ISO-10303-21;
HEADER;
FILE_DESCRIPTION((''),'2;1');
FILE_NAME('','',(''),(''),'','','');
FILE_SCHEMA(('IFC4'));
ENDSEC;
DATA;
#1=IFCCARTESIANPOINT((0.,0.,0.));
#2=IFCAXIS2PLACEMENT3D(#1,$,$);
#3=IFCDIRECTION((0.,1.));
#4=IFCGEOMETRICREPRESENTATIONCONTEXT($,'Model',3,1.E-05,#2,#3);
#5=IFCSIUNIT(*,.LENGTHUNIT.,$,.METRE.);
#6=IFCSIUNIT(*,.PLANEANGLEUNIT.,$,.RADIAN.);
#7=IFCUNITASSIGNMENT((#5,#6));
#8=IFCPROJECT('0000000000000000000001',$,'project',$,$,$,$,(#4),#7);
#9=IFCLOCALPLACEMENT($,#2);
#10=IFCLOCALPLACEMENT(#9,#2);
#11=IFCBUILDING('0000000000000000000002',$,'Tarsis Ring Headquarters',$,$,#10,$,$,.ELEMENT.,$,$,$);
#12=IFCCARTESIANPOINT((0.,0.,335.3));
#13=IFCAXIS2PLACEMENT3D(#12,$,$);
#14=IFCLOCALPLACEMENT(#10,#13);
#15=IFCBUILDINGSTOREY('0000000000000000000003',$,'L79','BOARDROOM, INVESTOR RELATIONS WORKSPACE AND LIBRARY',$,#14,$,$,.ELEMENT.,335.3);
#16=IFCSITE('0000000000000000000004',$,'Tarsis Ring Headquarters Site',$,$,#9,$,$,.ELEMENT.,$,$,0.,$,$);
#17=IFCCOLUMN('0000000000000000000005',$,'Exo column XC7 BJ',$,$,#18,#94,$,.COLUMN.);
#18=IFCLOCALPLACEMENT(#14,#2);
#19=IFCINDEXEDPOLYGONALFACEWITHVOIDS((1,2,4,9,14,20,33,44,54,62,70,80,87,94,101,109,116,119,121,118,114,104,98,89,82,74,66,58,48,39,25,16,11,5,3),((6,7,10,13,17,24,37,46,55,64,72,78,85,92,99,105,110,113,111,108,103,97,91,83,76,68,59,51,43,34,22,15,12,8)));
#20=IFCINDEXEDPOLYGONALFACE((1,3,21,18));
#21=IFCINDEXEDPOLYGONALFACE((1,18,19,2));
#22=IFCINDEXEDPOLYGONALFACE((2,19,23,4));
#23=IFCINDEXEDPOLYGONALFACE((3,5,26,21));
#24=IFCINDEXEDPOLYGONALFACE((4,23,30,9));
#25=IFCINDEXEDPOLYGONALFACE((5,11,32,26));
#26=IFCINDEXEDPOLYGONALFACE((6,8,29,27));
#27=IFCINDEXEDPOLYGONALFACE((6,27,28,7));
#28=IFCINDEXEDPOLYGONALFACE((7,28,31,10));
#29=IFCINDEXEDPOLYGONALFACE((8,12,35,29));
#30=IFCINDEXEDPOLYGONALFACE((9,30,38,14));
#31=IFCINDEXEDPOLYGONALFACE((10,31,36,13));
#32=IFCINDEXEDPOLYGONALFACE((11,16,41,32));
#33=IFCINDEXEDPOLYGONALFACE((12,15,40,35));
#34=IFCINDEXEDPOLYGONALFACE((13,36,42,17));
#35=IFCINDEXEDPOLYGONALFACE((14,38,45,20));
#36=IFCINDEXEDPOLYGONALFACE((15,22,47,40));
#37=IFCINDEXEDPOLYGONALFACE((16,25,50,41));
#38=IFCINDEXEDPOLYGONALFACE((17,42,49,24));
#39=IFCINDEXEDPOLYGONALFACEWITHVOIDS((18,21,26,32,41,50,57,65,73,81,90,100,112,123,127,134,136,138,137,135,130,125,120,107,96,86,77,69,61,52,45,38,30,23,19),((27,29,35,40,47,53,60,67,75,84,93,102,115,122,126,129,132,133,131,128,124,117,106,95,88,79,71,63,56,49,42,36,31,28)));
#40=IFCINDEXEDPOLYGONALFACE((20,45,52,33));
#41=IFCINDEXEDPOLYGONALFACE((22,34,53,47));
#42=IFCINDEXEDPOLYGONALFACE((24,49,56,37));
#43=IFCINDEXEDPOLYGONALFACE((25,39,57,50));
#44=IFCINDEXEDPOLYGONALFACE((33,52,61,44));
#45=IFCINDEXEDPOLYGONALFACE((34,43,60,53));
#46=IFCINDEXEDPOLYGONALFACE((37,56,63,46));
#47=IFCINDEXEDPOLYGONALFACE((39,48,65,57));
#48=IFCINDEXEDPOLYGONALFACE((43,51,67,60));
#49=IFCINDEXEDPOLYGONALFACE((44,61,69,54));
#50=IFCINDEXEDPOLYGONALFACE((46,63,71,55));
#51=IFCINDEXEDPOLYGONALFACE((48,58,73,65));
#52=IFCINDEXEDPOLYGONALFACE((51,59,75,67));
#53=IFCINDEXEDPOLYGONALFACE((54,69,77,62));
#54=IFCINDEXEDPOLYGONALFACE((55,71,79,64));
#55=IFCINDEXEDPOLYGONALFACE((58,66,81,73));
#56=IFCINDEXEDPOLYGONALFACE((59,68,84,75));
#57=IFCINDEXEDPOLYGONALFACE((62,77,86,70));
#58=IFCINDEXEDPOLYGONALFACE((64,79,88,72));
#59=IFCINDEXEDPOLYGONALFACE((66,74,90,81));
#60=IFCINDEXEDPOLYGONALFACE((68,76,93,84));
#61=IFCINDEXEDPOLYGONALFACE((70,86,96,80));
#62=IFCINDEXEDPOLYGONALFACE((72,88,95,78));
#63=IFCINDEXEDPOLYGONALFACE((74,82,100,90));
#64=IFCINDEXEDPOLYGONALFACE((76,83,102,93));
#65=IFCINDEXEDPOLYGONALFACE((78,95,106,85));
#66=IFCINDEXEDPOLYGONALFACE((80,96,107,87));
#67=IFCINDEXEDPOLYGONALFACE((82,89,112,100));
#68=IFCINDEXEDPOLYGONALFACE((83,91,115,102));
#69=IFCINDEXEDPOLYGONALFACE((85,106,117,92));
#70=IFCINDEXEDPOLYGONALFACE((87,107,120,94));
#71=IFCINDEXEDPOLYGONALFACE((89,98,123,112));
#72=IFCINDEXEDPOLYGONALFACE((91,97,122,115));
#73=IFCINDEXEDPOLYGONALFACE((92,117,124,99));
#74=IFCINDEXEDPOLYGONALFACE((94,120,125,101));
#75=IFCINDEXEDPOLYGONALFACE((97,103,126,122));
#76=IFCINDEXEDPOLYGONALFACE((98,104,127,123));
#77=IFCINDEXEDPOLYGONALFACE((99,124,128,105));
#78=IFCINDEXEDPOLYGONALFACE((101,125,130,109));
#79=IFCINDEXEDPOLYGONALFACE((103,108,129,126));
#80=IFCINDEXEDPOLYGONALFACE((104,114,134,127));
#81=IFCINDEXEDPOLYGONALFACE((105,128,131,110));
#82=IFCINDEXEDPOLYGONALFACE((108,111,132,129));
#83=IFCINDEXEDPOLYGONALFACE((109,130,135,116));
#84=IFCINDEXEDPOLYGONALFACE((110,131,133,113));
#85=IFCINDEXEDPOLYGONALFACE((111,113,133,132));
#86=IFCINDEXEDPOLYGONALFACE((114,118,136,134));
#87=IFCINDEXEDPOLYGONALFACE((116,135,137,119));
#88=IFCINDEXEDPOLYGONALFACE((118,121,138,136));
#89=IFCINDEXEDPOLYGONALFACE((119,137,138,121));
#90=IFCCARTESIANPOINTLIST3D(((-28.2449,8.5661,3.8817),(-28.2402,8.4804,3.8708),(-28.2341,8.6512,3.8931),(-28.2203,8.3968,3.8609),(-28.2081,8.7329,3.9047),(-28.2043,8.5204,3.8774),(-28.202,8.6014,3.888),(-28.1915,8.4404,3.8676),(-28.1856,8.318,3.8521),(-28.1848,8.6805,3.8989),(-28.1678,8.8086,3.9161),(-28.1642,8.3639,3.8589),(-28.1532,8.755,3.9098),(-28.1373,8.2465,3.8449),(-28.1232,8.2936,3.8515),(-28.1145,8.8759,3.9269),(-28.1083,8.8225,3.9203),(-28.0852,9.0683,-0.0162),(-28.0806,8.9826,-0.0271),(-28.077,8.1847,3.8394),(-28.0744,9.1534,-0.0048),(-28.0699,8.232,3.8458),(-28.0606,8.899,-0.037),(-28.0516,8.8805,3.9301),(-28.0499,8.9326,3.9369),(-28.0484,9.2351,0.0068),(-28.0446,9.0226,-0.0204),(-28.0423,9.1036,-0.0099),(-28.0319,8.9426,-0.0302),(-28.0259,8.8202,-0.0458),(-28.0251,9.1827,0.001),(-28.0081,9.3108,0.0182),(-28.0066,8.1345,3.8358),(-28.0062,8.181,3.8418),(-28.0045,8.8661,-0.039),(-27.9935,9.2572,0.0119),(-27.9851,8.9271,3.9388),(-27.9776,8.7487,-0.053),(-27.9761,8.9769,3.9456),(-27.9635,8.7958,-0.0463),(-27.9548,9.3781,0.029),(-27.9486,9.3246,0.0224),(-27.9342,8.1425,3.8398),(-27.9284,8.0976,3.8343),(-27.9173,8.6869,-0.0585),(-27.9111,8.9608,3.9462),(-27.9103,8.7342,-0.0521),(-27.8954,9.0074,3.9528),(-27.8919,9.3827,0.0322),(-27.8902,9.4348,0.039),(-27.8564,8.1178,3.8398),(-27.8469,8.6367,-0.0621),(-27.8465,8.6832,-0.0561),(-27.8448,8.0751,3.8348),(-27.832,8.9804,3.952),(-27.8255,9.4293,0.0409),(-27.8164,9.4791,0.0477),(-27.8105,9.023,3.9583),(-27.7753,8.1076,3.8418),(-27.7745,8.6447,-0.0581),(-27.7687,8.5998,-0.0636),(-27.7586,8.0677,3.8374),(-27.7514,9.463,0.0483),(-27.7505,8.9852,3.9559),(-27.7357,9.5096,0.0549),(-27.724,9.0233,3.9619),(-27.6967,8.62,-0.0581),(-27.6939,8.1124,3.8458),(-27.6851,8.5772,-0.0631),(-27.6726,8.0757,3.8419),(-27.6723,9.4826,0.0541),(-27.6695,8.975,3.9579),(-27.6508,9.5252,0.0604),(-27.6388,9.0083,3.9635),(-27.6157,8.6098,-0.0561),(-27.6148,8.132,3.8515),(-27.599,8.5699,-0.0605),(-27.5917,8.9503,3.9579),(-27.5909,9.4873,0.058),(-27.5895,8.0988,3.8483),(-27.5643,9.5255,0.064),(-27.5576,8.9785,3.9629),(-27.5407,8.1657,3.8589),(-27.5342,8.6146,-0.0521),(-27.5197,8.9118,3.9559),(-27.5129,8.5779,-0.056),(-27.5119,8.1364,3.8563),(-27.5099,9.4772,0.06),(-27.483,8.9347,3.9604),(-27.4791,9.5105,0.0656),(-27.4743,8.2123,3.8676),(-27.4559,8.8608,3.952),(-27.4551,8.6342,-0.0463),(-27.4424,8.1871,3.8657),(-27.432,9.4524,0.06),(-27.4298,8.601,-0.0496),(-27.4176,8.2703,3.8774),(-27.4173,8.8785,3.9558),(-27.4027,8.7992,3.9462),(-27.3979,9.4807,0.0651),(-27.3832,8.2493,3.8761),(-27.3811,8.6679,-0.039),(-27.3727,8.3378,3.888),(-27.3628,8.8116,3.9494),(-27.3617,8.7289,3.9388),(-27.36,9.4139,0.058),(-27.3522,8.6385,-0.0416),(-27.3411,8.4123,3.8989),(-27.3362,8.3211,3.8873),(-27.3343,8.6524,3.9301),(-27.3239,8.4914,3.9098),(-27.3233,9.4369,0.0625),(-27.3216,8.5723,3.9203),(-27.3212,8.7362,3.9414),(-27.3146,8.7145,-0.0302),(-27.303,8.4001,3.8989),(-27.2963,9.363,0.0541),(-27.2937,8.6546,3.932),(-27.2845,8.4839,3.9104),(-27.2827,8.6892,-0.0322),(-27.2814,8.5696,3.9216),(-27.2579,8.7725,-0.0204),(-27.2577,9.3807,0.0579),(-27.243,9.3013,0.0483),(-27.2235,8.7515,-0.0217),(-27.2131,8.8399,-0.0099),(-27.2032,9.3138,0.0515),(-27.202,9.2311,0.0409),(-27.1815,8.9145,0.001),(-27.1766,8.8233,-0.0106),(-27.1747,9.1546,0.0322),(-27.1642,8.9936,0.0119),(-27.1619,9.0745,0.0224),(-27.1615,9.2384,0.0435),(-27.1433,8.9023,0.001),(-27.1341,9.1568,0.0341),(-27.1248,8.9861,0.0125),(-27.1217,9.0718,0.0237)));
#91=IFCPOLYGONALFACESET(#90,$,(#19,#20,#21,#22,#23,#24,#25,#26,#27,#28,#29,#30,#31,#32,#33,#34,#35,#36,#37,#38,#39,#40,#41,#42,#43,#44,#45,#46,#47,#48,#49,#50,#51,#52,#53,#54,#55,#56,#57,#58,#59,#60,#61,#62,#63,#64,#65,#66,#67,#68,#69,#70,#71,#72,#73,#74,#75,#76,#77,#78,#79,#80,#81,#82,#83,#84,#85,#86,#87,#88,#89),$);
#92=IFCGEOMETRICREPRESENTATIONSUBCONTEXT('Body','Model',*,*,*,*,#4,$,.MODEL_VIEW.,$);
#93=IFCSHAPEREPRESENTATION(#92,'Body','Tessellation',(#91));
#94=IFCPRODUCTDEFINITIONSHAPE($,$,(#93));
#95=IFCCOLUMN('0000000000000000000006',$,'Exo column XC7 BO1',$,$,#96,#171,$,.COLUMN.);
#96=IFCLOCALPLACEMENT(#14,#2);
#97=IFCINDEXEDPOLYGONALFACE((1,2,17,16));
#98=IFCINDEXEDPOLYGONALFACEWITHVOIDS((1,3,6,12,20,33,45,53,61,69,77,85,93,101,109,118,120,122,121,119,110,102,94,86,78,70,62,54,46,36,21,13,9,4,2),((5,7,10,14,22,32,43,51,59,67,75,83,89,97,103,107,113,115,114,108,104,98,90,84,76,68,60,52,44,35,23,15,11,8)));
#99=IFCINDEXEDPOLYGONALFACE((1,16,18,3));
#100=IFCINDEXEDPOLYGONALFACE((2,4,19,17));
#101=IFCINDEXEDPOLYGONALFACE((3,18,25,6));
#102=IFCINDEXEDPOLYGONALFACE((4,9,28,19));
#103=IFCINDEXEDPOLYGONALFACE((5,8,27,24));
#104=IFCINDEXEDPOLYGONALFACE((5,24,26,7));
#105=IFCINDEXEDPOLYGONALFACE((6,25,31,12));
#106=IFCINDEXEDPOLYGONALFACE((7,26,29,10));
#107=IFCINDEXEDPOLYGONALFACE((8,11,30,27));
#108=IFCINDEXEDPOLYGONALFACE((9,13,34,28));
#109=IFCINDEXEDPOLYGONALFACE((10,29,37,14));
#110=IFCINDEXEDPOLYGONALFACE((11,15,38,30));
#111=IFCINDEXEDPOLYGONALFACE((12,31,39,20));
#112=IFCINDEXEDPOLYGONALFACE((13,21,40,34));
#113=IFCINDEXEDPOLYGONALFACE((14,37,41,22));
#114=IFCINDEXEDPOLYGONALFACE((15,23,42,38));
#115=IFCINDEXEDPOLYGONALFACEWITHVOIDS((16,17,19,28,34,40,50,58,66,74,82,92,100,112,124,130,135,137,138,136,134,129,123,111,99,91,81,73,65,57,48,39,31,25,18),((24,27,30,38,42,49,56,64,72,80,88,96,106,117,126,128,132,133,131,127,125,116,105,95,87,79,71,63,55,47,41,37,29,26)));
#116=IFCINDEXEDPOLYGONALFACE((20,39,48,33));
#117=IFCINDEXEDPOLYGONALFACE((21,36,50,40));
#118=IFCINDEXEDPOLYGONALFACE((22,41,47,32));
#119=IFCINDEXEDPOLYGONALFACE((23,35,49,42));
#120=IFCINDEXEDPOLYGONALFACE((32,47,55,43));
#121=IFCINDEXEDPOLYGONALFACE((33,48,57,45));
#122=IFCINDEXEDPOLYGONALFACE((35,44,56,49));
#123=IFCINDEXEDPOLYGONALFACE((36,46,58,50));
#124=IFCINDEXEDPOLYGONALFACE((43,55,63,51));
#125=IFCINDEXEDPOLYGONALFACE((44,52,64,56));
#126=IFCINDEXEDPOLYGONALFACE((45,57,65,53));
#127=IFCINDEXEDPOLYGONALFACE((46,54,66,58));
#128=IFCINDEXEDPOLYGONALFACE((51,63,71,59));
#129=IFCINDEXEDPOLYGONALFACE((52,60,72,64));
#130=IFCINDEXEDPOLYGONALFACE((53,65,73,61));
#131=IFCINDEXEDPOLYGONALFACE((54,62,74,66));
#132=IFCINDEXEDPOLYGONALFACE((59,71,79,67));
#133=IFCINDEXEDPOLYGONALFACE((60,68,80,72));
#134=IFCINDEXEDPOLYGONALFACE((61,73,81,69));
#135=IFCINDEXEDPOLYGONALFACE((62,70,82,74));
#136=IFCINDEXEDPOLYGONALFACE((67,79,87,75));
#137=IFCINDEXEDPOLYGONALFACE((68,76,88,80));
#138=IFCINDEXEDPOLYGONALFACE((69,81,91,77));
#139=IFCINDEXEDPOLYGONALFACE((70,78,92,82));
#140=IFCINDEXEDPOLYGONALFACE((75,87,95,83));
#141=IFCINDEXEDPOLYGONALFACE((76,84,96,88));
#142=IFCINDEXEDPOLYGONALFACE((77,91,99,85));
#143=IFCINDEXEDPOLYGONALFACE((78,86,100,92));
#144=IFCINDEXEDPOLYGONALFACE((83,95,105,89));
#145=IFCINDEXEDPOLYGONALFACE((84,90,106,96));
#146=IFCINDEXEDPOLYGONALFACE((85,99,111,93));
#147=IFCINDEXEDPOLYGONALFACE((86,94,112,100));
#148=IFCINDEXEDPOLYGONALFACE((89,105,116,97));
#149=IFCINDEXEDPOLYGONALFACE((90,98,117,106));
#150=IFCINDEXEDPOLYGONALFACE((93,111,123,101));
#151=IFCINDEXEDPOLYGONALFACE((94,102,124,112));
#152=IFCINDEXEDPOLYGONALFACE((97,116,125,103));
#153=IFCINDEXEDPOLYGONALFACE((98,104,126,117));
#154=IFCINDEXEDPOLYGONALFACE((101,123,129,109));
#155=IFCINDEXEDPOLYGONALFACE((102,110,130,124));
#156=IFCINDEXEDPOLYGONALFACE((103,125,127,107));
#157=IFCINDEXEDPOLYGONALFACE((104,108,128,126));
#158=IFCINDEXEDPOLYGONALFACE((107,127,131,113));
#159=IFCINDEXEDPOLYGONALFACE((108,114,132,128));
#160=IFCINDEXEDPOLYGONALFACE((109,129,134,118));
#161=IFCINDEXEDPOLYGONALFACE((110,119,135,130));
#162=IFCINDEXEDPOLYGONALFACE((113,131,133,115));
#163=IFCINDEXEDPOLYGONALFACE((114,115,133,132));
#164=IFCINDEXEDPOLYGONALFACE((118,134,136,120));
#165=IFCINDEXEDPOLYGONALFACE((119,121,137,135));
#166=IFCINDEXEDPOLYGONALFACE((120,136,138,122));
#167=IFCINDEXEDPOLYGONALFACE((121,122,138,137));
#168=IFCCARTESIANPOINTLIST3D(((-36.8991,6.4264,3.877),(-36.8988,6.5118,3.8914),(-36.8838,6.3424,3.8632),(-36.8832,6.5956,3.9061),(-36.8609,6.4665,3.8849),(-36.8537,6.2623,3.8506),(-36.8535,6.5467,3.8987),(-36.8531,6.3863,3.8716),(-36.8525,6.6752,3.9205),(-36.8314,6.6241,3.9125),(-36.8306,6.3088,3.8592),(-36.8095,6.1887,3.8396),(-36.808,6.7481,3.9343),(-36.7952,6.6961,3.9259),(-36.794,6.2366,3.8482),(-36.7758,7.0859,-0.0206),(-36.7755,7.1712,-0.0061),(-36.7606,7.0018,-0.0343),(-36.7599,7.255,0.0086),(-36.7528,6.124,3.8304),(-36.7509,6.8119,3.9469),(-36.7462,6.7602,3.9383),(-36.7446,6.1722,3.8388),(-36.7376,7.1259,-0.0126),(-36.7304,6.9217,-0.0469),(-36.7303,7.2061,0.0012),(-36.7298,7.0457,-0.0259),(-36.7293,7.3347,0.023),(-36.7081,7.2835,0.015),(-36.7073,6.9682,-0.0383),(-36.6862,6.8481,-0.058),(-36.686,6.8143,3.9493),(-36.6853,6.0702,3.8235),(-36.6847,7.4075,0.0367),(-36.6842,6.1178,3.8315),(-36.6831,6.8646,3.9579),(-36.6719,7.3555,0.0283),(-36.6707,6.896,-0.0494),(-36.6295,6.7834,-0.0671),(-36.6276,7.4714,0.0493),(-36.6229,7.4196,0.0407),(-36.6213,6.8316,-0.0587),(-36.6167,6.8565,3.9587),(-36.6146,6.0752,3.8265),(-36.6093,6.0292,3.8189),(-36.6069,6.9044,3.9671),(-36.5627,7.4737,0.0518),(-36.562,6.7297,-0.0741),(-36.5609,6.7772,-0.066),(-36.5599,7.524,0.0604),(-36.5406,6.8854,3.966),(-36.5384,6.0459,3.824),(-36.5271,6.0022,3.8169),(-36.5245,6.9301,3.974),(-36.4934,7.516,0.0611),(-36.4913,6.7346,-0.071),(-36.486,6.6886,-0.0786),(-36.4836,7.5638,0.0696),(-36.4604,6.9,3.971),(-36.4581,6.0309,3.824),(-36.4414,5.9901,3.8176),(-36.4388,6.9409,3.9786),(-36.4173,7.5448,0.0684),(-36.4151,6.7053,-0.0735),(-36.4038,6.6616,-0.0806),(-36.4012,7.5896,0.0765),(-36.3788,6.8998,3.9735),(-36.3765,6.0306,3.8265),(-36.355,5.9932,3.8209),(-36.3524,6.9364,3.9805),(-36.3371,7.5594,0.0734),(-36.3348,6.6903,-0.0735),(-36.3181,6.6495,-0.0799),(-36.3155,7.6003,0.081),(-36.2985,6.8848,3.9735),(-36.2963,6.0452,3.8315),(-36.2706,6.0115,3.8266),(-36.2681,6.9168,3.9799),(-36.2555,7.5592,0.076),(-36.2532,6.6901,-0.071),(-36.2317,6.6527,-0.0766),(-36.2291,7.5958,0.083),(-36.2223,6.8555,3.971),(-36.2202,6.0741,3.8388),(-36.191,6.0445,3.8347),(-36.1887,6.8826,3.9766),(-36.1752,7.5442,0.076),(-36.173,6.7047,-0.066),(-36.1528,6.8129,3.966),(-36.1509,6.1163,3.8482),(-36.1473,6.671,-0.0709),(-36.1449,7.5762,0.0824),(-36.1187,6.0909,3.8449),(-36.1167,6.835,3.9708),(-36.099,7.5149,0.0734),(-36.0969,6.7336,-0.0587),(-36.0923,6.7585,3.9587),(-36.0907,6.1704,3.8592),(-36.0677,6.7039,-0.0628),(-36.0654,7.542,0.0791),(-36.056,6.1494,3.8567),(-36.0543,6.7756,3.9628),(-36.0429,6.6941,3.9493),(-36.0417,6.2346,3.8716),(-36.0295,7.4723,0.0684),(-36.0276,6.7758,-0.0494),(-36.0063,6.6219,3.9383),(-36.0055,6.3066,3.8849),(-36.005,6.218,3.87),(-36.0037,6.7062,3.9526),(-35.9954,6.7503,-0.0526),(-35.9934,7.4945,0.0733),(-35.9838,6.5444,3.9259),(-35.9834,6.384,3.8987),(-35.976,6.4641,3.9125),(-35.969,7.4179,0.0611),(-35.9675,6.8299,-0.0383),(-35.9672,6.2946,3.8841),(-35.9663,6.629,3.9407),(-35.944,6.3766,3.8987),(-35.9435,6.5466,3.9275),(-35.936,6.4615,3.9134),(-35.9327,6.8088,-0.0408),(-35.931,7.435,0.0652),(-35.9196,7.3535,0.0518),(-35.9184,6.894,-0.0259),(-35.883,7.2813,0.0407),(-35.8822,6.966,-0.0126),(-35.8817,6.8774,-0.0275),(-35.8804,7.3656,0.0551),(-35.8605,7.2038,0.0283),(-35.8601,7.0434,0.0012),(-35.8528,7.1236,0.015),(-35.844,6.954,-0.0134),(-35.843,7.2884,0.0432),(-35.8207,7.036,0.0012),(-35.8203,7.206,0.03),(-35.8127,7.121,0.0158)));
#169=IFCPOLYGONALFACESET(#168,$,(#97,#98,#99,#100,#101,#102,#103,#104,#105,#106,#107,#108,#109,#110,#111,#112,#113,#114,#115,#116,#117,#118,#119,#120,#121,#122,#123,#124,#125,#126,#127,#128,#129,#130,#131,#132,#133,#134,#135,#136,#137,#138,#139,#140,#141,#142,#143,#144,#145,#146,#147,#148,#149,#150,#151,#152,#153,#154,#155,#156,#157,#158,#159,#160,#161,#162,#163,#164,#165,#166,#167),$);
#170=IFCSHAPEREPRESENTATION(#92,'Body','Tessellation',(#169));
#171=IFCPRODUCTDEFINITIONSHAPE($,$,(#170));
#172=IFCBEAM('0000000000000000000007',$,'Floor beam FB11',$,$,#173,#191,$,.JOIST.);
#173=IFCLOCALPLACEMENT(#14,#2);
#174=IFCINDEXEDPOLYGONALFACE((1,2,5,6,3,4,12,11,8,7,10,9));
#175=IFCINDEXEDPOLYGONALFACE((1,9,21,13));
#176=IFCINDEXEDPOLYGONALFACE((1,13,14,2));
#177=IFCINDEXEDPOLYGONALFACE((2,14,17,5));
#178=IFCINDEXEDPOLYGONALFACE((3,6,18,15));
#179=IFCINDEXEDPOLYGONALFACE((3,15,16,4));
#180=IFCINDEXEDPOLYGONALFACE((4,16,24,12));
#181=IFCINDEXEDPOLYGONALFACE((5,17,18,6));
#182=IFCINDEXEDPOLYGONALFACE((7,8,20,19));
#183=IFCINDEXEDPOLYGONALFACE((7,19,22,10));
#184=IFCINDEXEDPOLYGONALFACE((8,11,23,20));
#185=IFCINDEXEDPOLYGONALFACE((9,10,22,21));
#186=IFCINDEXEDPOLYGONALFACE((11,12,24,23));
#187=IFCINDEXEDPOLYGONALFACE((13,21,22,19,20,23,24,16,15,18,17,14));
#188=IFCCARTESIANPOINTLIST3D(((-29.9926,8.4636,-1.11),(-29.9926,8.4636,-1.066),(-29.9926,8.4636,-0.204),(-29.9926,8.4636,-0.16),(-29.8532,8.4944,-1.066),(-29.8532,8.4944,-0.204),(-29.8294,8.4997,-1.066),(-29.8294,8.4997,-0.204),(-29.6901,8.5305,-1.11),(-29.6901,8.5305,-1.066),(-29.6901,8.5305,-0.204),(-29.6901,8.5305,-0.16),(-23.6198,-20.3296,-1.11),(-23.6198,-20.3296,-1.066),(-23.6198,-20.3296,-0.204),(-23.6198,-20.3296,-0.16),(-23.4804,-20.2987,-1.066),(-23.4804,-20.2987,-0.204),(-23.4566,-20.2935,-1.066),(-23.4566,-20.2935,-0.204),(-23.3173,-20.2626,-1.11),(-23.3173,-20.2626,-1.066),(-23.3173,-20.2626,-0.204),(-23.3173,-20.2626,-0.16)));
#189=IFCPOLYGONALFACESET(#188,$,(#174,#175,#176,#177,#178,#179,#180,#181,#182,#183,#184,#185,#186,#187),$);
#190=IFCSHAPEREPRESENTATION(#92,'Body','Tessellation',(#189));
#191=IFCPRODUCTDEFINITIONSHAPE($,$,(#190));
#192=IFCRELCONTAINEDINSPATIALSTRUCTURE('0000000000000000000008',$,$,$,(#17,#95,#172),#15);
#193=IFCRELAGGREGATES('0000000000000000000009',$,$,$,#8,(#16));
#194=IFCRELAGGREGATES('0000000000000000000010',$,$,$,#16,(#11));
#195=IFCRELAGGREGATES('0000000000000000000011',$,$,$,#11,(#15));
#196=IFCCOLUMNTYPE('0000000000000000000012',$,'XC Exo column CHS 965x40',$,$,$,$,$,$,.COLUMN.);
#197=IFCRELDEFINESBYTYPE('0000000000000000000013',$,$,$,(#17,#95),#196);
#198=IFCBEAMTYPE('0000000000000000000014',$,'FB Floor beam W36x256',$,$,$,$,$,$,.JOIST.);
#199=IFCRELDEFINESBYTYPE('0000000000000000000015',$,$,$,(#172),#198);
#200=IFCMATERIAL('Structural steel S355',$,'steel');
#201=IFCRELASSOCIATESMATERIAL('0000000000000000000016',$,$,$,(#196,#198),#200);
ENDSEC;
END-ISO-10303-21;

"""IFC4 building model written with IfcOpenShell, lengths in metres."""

from ifc_helpers import new_model, si_unit, direction, frame, origin, origin_2d, place, context, subcontext, project, spatial, hollow_circle, i_section, extrude, material, material_profile, profile_set, type_object, element, save


model = new_model("IFC4")

# Units and contexts
model_context = context("Model", 3, precision=1e-05, world=origin(), true_north=direction((0.0, 1.0)))
body_context = subcontext(model_context, "Body", "Model", "MODEL_VIEW")
ifc_project = project(units=[si_unit("LENGTHUNIT", "METRE"), si_unit("PLANEANGLEUNIT", "RADIAN")], contexts=[model_context])

# Site, building, storey
site_placement = place(None, origin())
site = spatial("IfcSite", under=ifc_project, at=site_placement, Name="Tarsis Ring Headquarters Site", CompositionType="ELEMENT", RefElevation=0.0)
building_placement = place(site_placement, origin())
building = spatial("IfcBuilding", under=site, at=building_placement, Name="Tarsis Ring Headquarters", CompositionType="ELEMENT")
storey_placement = place(building_placement, frame((0.0, 0.0, 335.3)))
storey = spatial("IfcBuildingStorey", under=building, at=storey_placement, Name="L79", Description="BOARDROOM, INVESTOR RELATIONS WORKSPACE AND LIBRARY", CompositionType="ELEMENT", Elevation=335.3)

# Columns
ifc_material_1 = material(Name="Structural steel S355", Category="steel")
ifc_material_profile_1 = material_profile(ifc_material_1, hollow_circle(Radius=0.4827, WallThickness=0.04, at=origin_2d()), Name="CHS 965x40")
ifc_profile_set_1 = profile_set([ifc_material_profile_1], Name="Structural steel S355")
column_type = type_object("IfcColumnType", Name="XC Exo column CHS 965x40", PredefinedType="COLUMN", material=ifc_profile_set_1)
column_1_placement = place(storey_placement, frame((-27.6033, 9.0486, 0.001), z_axis=(-0.040593, -0.127675, 0.990985), x_axis=(0.952993, -0.302993, 0.0)))
element("IfcColumn", 1, at=column_1_placement, inside=storey, type_object=column_type, Name="Exo column XC7 BJ", PredefinedType="COLUMN", context=body_context, shape_type="SweptSolid", body=[
    extrude(hollow_circle(Radius=0.4827, WallThickness=0.04, at=origin_2d()), origin(), (0.0, 0.0, 1.0), 3.9333),
])
column_2_placement = place(storey_placement, frame((-36.2952, 7.1248, 0.0012), z_axis=(-0.031175, -0.166741, 0.985508), x_axis=(0.982967, -0.183783, 0.0)))
element("IfcColumn", 2, at=column_2_placement, inside=storey, type_object=column_type, Name="Exo column XC7 BO1", PredefinedType="COLUMN", context=body_context, shape_type="SweptSolid", body=[
    extrude(hollow_circle(Radius=0.4827, WallThickness=0.04, at=origin_2d()), origin(), (0.0, 0.0, 1.0), 3.9548),
])

# Beam
ifc_material_profile_2 = material_profile(ifc_material_1, i_section(OverallWidth=0.3098, OverallDepth=0.95, WebThickness=0.0244, FlangeThickness=0.0439, at=origin_2d()), Name="W36x256")
ifc_profile_set_2 = profile_set([ifc_material_profile_2], Name="Structural steel S355")
beam_type_1 = type_object("IfcBeamType", Name="FB Floor beam W36x256", PredefinedType="JOIST", material=ifc_profile_set_2)
for number, where, z_axis, x_axis, name in (
    (3, (-29.8413, 8.4971, -0.635), (0.2161, -0.976371, 0.0), (0.976371, 0.2161, 0.0), "Floor beam FB11"),
):
    element("IfcBeam", number, at=place(storey_placement, frame(where, z_axis=z_axis, x_axis=x_axis)), inside=storey, type_object=beam_type_1, Name=name, PredefinedType="JOIST", context=body_context, shape_type="SweptSolid", body=[
        extrude(i_section(OverallWidth=0.3098, OverallDepth=0.95, WebThickness=0.0244, FlangeThickness=0.0439, at=origin_2d()), origin(), (0.0, 0.0, 1.0), 29.49),
    ])

save(model, "model.ifc")
